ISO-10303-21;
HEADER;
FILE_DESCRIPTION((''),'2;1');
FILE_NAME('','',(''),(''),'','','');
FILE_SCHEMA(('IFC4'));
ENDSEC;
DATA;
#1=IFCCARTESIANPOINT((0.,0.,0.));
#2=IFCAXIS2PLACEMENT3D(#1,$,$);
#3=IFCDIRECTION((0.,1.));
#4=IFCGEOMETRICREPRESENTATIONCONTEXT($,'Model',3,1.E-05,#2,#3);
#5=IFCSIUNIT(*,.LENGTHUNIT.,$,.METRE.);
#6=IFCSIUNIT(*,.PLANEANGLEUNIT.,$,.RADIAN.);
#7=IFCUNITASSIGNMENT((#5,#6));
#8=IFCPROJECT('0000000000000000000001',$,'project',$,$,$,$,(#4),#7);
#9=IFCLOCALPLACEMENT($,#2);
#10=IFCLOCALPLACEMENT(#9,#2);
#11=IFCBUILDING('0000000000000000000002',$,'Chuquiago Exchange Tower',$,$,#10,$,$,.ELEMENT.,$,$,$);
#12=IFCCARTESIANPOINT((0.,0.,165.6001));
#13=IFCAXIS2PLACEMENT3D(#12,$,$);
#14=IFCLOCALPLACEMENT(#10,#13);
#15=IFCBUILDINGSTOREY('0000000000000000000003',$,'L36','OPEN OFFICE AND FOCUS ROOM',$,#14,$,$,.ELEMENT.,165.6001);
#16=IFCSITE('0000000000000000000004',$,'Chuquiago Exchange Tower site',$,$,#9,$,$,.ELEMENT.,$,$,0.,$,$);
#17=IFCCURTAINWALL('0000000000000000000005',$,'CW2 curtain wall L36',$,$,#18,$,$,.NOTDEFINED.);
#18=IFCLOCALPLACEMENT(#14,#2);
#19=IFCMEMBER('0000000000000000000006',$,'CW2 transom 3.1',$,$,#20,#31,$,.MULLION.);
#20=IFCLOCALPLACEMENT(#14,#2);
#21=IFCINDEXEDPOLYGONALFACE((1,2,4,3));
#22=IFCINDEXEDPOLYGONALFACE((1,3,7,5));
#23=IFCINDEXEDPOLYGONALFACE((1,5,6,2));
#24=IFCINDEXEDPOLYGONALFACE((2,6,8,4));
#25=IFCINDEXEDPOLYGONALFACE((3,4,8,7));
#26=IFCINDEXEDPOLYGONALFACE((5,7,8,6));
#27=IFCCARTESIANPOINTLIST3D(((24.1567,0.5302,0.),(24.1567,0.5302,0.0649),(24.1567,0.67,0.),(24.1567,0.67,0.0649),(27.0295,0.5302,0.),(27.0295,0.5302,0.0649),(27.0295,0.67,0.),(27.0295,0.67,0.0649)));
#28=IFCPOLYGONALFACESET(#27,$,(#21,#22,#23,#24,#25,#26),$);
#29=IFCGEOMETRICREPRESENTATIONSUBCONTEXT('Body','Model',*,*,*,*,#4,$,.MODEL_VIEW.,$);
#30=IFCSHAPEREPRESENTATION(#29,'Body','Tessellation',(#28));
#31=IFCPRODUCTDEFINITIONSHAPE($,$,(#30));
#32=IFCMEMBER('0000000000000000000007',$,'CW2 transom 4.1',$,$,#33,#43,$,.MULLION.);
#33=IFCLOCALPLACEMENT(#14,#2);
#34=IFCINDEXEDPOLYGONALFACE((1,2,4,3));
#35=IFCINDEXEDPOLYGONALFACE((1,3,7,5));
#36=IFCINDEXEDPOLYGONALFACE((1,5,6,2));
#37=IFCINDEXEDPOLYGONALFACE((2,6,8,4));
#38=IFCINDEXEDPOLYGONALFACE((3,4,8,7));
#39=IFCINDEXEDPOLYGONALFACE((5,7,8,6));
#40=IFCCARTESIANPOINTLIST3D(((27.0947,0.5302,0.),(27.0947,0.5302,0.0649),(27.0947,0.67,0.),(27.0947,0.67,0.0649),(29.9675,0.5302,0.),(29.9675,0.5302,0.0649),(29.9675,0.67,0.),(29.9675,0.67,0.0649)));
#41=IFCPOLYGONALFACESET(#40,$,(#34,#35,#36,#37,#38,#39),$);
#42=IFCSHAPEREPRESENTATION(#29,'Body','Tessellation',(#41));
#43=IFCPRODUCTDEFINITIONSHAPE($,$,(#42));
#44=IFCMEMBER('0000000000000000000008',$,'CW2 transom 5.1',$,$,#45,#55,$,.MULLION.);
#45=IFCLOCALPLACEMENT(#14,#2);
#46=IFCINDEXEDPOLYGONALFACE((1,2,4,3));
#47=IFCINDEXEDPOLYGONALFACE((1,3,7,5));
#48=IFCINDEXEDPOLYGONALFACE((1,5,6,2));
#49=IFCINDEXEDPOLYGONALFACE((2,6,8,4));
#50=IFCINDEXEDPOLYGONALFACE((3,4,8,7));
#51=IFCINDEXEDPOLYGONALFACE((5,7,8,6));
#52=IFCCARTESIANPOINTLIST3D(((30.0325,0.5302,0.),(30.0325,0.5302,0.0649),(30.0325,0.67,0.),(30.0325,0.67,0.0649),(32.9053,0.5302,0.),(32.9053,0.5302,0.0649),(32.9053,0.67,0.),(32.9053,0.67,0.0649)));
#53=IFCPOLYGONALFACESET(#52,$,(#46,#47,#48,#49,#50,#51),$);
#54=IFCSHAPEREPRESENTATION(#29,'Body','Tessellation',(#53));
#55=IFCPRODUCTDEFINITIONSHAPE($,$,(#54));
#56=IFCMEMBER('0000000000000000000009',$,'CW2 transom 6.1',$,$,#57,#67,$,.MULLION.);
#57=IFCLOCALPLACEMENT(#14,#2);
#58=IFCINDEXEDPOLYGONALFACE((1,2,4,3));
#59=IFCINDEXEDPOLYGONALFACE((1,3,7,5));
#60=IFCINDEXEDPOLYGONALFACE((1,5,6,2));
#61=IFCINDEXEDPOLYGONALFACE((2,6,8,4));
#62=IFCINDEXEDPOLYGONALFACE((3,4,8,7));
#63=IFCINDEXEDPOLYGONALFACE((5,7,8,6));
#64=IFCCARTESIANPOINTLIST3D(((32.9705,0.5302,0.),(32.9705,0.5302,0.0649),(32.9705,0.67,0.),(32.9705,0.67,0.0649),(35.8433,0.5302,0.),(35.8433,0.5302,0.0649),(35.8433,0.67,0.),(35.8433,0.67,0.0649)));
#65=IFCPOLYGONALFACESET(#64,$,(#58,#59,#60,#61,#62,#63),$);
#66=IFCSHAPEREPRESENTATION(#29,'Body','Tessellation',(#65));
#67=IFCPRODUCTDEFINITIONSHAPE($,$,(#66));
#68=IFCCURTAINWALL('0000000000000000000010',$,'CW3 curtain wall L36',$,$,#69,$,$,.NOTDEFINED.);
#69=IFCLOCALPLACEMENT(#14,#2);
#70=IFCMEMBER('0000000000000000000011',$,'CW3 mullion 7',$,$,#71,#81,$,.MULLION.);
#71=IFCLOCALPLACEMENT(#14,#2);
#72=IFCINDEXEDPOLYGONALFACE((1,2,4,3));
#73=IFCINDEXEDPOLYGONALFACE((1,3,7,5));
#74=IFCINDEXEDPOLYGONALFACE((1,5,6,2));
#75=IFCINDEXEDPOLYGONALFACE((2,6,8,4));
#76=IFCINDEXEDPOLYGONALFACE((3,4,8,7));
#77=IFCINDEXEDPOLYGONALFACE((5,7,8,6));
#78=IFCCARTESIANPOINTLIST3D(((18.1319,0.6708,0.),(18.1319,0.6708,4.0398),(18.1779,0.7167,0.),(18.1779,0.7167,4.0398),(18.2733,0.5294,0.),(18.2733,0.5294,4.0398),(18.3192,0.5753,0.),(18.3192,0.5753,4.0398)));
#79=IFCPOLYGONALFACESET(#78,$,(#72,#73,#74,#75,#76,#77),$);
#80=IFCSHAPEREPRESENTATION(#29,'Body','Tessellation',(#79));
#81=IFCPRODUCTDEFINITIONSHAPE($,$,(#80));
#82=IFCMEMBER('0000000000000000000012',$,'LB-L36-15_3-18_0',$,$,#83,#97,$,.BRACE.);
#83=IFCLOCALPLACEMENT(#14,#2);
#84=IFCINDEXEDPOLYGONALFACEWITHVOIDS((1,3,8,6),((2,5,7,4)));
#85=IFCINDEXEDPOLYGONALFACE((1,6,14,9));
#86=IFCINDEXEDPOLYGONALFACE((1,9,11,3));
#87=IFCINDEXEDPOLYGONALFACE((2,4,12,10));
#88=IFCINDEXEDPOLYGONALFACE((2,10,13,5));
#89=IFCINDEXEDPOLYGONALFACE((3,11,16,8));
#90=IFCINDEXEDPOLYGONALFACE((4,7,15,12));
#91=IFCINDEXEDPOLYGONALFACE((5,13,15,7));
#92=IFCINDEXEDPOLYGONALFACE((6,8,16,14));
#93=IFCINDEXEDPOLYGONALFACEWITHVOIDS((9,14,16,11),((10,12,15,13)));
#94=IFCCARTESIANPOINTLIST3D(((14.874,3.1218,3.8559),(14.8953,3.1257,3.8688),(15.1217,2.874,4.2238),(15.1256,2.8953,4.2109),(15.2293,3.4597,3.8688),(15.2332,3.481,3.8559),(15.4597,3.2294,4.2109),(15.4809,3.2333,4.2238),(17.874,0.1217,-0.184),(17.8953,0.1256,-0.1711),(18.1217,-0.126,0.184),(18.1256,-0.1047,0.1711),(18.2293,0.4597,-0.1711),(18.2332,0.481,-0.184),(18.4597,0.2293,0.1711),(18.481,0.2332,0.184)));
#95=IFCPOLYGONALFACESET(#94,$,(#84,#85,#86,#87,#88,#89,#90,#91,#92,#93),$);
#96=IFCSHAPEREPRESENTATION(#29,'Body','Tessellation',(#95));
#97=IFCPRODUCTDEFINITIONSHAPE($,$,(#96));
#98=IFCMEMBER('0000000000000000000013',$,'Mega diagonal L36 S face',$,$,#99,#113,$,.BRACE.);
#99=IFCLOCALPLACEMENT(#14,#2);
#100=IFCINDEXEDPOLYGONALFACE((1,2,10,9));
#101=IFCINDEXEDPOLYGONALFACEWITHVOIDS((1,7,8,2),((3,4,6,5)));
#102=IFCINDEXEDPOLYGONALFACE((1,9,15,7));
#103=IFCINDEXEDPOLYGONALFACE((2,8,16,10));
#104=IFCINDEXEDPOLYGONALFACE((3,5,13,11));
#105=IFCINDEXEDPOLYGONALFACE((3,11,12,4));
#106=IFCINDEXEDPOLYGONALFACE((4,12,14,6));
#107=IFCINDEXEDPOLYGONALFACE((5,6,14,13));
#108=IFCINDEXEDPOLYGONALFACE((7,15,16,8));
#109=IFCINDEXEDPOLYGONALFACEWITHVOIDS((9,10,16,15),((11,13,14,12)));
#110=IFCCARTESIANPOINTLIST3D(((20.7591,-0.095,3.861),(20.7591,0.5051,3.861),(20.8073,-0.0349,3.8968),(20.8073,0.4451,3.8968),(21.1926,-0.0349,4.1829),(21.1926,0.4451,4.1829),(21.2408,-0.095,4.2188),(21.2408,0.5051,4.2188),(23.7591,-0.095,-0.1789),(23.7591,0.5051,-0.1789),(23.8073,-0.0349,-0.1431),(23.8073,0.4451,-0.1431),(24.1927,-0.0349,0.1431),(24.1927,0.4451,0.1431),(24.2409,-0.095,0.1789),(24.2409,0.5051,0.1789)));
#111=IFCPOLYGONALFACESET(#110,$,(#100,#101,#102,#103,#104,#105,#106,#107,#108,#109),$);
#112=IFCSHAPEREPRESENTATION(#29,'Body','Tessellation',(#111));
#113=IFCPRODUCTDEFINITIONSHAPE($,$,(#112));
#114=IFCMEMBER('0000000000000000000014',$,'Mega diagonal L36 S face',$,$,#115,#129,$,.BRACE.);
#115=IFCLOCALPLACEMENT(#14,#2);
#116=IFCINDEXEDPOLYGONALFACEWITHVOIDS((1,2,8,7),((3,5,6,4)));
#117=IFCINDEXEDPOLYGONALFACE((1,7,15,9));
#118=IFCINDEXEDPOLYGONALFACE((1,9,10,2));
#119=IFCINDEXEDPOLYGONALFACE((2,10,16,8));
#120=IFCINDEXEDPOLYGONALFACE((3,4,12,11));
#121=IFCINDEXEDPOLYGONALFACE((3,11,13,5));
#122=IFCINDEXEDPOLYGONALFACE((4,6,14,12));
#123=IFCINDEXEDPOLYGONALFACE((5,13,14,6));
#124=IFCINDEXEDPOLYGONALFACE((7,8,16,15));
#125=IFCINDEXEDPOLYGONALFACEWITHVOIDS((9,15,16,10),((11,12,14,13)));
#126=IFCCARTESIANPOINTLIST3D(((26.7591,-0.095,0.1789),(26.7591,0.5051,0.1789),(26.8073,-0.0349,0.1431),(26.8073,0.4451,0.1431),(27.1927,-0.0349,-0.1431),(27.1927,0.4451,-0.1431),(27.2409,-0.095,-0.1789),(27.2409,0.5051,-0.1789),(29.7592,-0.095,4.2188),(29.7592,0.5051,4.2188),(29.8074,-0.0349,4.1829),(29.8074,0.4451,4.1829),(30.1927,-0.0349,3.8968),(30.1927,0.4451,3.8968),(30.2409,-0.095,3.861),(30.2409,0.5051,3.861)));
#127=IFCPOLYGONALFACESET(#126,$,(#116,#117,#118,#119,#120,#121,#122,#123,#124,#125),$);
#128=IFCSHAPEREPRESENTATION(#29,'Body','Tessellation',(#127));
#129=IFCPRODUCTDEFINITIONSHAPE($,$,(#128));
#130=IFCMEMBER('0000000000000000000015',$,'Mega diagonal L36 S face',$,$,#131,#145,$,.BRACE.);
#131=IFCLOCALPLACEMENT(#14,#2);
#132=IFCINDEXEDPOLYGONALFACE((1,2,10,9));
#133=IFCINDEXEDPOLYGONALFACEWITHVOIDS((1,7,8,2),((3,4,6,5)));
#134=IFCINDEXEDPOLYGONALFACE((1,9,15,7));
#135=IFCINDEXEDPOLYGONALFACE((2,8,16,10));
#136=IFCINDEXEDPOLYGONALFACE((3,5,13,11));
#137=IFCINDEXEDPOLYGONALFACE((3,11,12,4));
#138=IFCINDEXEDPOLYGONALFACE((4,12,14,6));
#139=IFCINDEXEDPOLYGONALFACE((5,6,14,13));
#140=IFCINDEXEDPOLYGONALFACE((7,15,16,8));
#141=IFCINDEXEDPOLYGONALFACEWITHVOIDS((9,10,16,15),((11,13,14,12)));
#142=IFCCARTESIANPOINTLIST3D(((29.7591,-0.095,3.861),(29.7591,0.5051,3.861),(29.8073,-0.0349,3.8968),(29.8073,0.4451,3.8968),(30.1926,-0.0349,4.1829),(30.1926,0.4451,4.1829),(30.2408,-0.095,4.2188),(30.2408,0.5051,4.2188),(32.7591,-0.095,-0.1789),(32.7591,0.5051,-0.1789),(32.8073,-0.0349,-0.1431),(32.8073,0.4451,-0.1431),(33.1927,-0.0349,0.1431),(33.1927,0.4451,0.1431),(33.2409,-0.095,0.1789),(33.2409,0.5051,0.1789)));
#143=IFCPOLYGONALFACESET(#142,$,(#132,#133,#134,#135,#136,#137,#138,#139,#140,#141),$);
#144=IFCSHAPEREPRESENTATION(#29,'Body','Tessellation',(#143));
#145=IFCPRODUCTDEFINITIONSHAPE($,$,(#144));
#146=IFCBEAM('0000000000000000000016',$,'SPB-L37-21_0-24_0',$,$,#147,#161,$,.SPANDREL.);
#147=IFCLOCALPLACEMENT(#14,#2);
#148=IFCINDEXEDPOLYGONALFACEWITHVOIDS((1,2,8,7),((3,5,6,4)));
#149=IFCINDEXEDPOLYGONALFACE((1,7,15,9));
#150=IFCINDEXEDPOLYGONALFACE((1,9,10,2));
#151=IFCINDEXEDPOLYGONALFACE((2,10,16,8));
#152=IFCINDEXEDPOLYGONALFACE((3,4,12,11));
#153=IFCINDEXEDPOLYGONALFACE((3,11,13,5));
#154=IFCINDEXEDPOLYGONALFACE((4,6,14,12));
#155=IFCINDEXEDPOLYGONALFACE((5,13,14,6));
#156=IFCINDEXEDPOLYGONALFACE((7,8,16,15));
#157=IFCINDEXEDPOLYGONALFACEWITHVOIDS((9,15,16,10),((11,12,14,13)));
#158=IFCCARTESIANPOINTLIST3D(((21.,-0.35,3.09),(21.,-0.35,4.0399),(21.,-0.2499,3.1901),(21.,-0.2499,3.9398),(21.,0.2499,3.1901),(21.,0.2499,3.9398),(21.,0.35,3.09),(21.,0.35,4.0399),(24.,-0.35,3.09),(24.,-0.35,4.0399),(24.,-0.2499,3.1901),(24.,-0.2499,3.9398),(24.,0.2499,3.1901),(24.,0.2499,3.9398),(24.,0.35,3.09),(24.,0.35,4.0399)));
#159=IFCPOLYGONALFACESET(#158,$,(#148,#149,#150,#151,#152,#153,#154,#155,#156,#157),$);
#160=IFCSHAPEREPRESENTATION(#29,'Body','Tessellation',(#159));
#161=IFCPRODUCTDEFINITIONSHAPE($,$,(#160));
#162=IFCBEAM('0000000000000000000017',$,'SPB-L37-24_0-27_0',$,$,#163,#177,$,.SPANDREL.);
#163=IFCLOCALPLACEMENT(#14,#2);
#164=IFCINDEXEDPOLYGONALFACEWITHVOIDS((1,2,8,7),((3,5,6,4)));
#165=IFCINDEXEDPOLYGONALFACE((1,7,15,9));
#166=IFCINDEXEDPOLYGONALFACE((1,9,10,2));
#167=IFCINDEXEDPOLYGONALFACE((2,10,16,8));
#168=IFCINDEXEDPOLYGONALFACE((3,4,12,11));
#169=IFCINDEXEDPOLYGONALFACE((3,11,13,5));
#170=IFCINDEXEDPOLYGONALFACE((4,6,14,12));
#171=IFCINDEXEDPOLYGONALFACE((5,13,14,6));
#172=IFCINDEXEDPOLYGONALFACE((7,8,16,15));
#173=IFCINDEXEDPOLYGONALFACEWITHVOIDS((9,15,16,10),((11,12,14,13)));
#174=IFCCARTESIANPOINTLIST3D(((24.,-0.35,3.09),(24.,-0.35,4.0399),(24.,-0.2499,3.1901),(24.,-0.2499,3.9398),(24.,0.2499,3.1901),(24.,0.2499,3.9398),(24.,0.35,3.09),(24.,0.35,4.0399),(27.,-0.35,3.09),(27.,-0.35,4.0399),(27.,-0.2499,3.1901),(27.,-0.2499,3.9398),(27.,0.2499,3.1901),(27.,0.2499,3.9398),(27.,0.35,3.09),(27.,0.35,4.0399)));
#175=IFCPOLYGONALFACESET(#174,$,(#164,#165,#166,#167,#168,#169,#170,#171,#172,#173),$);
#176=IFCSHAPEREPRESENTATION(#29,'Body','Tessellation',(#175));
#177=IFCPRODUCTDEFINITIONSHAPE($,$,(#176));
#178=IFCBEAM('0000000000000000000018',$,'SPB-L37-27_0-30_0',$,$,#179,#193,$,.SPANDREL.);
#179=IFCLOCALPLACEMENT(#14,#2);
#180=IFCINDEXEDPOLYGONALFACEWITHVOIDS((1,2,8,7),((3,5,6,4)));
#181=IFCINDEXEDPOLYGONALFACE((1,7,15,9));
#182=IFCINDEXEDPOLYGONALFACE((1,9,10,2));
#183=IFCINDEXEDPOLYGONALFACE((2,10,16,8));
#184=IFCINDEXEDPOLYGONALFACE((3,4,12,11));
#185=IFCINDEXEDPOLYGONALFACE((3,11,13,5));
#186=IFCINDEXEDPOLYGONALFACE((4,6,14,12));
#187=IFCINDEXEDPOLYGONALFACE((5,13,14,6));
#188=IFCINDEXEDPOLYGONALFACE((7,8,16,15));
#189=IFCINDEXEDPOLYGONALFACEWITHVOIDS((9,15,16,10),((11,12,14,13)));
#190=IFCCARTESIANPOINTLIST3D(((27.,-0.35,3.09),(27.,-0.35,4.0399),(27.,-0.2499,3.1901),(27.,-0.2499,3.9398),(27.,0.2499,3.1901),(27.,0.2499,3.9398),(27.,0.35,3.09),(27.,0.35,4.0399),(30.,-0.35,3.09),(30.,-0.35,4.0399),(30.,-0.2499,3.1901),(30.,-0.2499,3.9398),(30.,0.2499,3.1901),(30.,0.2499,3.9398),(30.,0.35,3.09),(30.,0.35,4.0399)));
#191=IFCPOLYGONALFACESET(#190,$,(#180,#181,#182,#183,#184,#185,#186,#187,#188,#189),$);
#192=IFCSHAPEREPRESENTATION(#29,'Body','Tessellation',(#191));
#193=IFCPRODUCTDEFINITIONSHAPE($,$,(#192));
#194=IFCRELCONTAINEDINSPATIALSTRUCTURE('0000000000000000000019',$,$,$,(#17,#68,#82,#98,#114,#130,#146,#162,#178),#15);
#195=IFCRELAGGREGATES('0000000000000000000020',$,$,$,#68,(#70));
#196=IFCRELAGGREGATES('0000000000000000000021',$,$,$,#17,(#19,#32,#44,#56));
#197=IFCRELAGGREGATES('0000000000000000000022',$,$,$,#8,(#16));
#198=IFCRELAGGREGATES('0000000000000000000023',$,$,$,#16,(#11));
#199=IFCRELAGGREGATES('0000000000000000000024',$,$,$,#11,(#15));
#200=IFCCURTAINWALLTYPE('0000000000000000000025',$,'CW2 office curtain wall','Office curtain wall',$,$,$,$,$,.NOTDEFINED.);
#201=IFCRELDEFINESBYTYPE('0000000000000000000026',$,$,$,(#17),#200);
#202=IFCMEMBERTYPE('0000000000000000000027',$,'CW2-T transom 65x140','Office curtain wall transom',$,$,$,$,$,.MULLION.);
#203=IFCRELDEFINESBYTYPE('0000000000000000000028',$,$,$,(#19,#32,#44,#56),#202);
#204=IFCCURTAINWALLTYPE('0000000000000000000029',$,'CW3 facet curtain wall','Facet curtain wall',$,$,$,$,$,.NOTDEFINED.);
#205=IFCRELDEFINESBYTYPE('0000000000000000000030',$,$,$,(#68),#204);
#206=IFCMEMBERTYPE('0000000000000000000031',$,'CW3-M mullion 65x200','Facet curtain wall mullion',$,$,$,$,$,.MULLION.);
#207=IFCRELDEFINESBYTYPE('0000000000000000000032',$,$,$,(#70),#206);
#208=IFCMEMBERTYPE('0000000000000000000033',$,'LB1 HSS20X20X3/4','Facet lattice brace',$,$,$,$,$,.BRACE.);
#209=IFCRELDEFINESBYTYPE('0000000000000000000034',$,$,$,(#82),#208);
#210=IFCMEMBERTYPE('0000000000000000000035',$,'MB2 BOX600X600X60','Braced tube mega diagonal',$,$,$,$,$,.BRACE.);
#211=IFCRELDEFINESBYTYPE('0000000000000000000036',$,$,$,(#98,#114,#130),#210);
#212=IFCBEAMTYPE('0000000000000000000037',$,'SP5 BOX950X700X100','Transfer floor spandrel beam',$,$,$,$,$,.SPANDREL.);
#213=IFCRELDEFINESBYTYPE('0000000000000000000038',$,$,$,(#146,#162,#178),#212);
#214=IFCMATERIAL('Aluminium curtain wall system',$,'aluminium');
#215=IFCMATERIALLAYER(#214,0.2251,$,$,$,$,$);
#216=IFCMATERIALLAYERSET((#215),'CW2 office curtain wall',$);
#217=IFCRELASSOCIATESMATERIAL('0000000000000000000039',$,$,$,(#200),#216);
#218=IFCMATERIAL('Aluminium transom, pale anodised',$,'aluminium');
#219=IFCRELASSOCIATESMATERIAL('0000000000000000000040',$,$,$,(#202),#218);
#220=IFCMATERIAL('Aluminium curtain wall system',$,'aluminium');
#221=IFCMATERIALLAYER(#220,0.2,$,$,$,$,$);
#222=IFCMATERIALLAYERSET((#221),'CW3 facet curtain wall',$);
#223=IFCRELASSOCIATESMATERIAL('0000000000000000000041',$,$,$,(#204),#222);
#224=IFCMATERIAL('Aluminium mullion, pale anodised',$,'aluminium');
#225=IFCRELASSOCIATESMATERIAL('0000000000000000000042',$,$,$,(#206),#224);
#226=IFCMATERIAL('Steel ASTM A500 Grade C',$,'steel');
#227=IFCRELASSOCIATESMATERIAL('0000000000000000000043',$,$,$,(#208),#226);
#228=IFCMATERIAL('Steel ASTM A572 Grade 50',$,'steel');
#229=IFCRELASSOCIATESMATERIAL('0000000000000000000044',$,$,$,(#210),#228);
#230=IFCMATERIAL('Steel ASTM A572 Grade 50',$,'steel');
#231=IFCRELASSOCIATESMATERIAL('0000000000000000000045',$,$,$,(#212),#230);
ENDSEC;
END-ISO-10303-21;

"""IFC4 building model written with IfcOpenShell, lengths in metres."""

from ifc_helpers import new_model, si_unit, direction, frame, origin, origin_2d, place, context, subcontext, project, spatial, rectangle, hollow_rectangle, extrude, material, layer, layer_set, material_profile, profile_set, type_object, element, aggregate, save


model = new_model("IFC4")

# Units and contexts
model_context = context("Model", 3, precision=1e-05, world=origin(), true_north=direction((0.0, 1.0)))
body_context = subcontext(model_context, "Body", "Model", "MODEL_VIEW")
ifc_project = project(units=[si_unit("LENGTHUNIT", "METRE"), si_unit("PLANEANGLEUNIT", "RADIAN")], contexts=[model_context])

# Site, building, storey
site_placement = place(None, origin())
site = spatial("IfcSite", under=ifc_project, at=site_placement, Name="Chuquiago Exchange Tower site", CompositionType="ELEMENT", RefElevation=0.0)
building_placement = place(site_placement, origin())
building = spatial("IfcBuilding", under=site, at=building_placement, Name="Chuquiago Exchange Tower", CompositionType="ELEMENT")
storey_placement = place(building_placement, frame((0.0, 0.0, 165.6001)))
storey = spatial("IfcBuildingStorey", under=building, at=storey_placement, Name="L36", Description="OPEN OFFICE AND FOCUS ROOM", CompositionType="ELEMENT", Elevation=165.6001)

# Curtain wall, members
ifc_material_1 = material(Name="Aluminium curtain wall system", Category="aluminium")
ifc_layer_1 = layer(ifc_material_1, 0.2251)
ifc_layer_set_1 = layer_set([ifc_layer_1], Name="CW2 office curtain wall")
curtain_wall_type_1 = type_object("IfcCurtainWallType", Name="CW2 office curtain wall", Description="Office curtain wall", PredefinedType="NOTDEFINED", material=ifc_layer_set_1)
curtain_wall_1_placement = place(storey_placement, origin())
curtain_wall_1 = element("IfcCurtainWall", 1, at=curtain_wall_1_placement, inside=storey, type_object=curtain_wall_type_1, Name="CW2 curtain wall L36", PredefinedType="NOTDEFINED")
ifc_material_2 = material(Name="Aluminium transom, pale anodised", Category="aluminium")
ifc_material_profile_1 = material_profile(ifc_material_2, rectangle(XDim=0.1399, YDim=0.0649, at=origin_2d()), Name="AL 140x65")
ifc_profile_set_1 = profile_set([ifc_material_profile_1], Name="Aluminium transom, pale anodised")
member_type_1 = type_object("IfcMemberType", Name="CW2-T transom 65x140", Description="Office curtain wall transom", PredefinedType="MULLION", material=ifc_profile_set_1)
member_1_placement = place(storey_placement, frame((24.1567, 0.6001, 0.0325), z_axis=(1.0, 0.0, 0.0), x_axis=(0.0, 1.0, 0.0)))
member_1 = element("IfcMember", 2, at=member_1_placement, type_object=member_type_1, Name="CW2 transom 3.1", PredefinedType="MULLION", context=body_context, shape_type="SweptSolid", body=[
    extrude(rectangle(XDim=0.1399, YDim=0.0649, at=origin_2d()), origin(), (0.0, 0.0, 1.0), 2.8728),
])
member_2_placement = place(storey_placement, frame((27.0947, 0.6001, 0.0325), z_axis=(1.0, 0.0, 0.0), x_axis=(0.0, 1.0, 0.0)))
member_2 = element("IfcMember", 3, at=member_2_placement, type_object=member_type_1, Name="CW2 transom 4.1", PredefinedType="MULLION", context=body_context, shape_type="SweptSolid", body=[
    extrude(rectangle(XDim=0.1399, YDim=0.0649, at=origin_2d()), origin(), (0.0, 0.0, 1.0), 2.8728),
])
member_3_placement = place(storey_placement, frame((30.0325, 0.6001, 0.0325), z_axis=(1.0, 0.0, 0.0), x_axis=(0.0, 1.0, 0.0)))
member_3 = element("IfcMember", 4, at=member_3_placement, type_object=member_type_1, Name="CW2 transom 5.1", PredefinedType="MULLION", context=body_context, shape_type="SweptSolid", body=[
    extrude(rectangle(XDim=0.1399, YDim=0.0649, at=origin_2d()), origin(), (0.0, 0.0, 1.0), 2.8728),
])
member_4_placement = place(storey_placement, frame((32.9705, 0.6001, 0.0325), z_axis=(1.0, 0.0, 0.0), x_axis=(0.0, 1.0, 0.0)))
member_4 = element("IfcMember", 5, at=member_4_placement, type_object=member_type_1, Name="CW2 transom 6.1", PredefinedType="MULLION", context=body_context, shape_type="SweptSolid", body=[
    extrude(rectangle(XDim=0.1399, YDim=0.0649, at=origin_2d()), origin(), (0.0, 0.0, 1.0), 2.8728),
])

# Curtain wall, member
ifc_material_3 = material(Name="Aluminium curtain wall system", Category="aluminium")
ifc_layer_2 = layer(ifc_material_3, 0.2)
ifc_layer_set_2 = layer_set([ifc_layer_2], Name="CW3 facet curtain wall")
curtain_wall_type_2 = type_object("IfcCurtainWallType", Name="CW3 facet curtain wall", Description="Facet curtain wall", PredefinedType="NOTDEFINED", material=ifc_layer_set_2)
curtain_wall_2_placement = place(storey_placement, origin())
curtain_wall_2 = element("IfcCurtainWall", 6, at=curtain_wall_2_placement, inside=storey, type_object=curtain_wall_type_2, Name="CW3 curtain wall L36", PredefinedType="NOTDEFINED")
ifc_material_4 = material(Name="Aluminium mullion, pale anodised", Category="aluminium")
ifc_material_profile_2 = material_profile(ifc_material_4, rectangle(XDim=0.0649, YDim=0.2, at=origin_2d()), Name="AL 65x200")
ifc_profile_set_2 = profile_set([ifc_material_profile_2], Name="Aluminium mullion, pale anodised")
member_type_2 = type_object("IfcMemberType", Name="CW3-M mullion 65x200", Description="Facet curtain wall mullion", PredefinedType="MULLION", material=ifc_profile_set_2)
member_5_placement = place(storey_placement, frame((18.2256, 0.623, 0.0), z_axis=(0.0, 0.0, 1.0), x_axis=(0.707107, 0.707107, 0.0)))
member_5 = element("IfcMember", 7, at=member_5_placement, type_object=member_type_2, Name="CW3 mullion 7", PredefinedType="MULLION", context=body_context, shape_type="SweptSolid", body=[
    extrude(rectangle(XDim=0.0649, YDim=0.2, at=origin_2d()), origin(), (0.0, 0.0, 1.0), 4.0398),
])
aggregate(curtain_wall_2, [member_5])

# Members
ifc_material_5 = material(Name="Steel ASTM A500 Grade C", Category="steel")
ifc_material_profile_3 = material_profile(ifc_material_5, hollow_rectangle(XDim=0.5081, YDim=0.5081, WallThickness=0.0178, at=origin_2d()), Name="HSS20X20X3/4")
ifc_profile_set_3 = profile_set([ifc_material_profile_3], Name="Steel ASTM A500 Grade C")
member_type_3 = type_object("IfcMemberType", Name="LB1 HSS20X20X3/4", Description="Facet lattice brace", PredefinedType="BRACE", material=ifc_profile_set_3)
member_6_placement = place(storey_placement, frame((18.1775, 0.1775, 0.0), z_axis=(-0.512092, 0.512092, 0.689582), x_axis=(-0.707107, -0.707107, 0.0)))
element("IfcMember", 8, at=member_6_placement, inside=storey, type_object=member_type_3, Name="LB-L36-15_3-18_0", PredefinedType="BRACE", context=body_context, shape_type="SweptSolid", body=[
    extrude(hollow_rectangle(XDim=0.5081, YDim=0.5081, WallThickness=0.0178, at=origin_2d()), origin(), (0.0, 0.0, 1.0), 5.8584),
])
ifc_material_6 = material(Name="Steel ASTM A572 Grade 50", Category="steel")
ifc_material_profile_4 = material_profile(ifc_material_6, hollow_rectangle(XDim=0.6001, YDim=0.6001, WallThickness=0.0601, at=origin_2d()), Name="BOX600X600X60")
ifc_profile_set_4 = profile_set([ifc_material_profile_4], Name="Steel ASTM A572 Grade 50")
member_type_4 = type_object("IfcMemberType", Name="MB2 BOX600X600X60", Description="Braced tube mega diagonal", PredefinedType="BRACE", material=ifc_profile_set_4)
for number, where, z_axis, x_axis, name in (
    (9, (24.0, 0.2051, 0.0), (-0.596197, 0.0, 0.802838), (0.0, -1.0, 0.0), "Mega diagonal L36 S face"),
    (10, (27.0, 0.2051, 0.0), (0.596197, 0.0, 0.802838), (0.0, 1.0, 0.0), "Mega diagonal L36 S face"),
    (11, (33.0, 0.2051, 0.0), (-0.596197, 0.0, 0.802838), (0.0, -1.0, 0.0), "Mega diagonal L36 S face"),
):
    element("IfcMember", number, at=place(storey_placement, frame(where, z_axis=z_axis, x_axis=x_axis)), inside=storey, type_object=member_type_4, Name=name, PredefinedType="BRACE", context=body_context, shape_type="SweptSolid", body=[
        extrude(hollow_rectangle(XDim=0.6001, YDim=0.6001, WallThickness=0.0601, at=origin_2d()), origin(), (0.0, 0.0, 1.0), 5.032),
    ])

# Beams
ifc_material_7 = material(Name="Steel ASTM A572 Grade 50", Category="steel")
ifc_material_profile_5 = material_profile(ifc_material_7, hollow_rectangle(XDim=0.7, YDim=0.95, WallThickness=0.1001, at=origin_2d()), Name="BOX950X700X100")
ifc_profile_set_5 = profile_set([ifc_material_profile_5], Name="Steel ASTM A572 Grade 50")
beam_type = type_object("IfcBeamType", Name="SP5 BOX950X700X100", Description="Transfer floor spandrel beam", PredefinedType="SPANDREL", material=ifc_profile_set_5)
for number, where, z_axis, x_axis, name in (
    (12, (21.0, 0.0, 3.5649), (1.0, 0.0, 0.0), (0.0, 1.0, 0.0), "SPB-L37-21_0-24_0"),
    (13, (24.0, 0.0, 3.5649), (1.0, 0.0, 0.0), (0.0, 1.0, 0.0), "SPB-L37-24_0-27_0"),
    (14, (27.0, 0.0, 3.5649), (1.0, 0.0, 0.0), (0.0, 1.0, 0.0), "SPB-L37-27_0-30_0"),
):
    element("IfcBeam", number, at=place(storey_placement, frame(where, z_axis=z_axis, x_axis=x_axis)), inside=storey, type_object=beam_type, Name=name, PredefinedType="SPANDREL", context=body_context, shape_type="SweptSolid", body=[
        extrude(hollow_rectangle(XDim=0.7, YDim=0.95, WallThickness=0.1001, at=origin_2d()), origin(), (0.0, 0.0, 1.0), 3.0),
    ])

aggregate(curtain_wall_1, [member_1, member_2, member_3, member_4])

save(model, "model.ifc")
